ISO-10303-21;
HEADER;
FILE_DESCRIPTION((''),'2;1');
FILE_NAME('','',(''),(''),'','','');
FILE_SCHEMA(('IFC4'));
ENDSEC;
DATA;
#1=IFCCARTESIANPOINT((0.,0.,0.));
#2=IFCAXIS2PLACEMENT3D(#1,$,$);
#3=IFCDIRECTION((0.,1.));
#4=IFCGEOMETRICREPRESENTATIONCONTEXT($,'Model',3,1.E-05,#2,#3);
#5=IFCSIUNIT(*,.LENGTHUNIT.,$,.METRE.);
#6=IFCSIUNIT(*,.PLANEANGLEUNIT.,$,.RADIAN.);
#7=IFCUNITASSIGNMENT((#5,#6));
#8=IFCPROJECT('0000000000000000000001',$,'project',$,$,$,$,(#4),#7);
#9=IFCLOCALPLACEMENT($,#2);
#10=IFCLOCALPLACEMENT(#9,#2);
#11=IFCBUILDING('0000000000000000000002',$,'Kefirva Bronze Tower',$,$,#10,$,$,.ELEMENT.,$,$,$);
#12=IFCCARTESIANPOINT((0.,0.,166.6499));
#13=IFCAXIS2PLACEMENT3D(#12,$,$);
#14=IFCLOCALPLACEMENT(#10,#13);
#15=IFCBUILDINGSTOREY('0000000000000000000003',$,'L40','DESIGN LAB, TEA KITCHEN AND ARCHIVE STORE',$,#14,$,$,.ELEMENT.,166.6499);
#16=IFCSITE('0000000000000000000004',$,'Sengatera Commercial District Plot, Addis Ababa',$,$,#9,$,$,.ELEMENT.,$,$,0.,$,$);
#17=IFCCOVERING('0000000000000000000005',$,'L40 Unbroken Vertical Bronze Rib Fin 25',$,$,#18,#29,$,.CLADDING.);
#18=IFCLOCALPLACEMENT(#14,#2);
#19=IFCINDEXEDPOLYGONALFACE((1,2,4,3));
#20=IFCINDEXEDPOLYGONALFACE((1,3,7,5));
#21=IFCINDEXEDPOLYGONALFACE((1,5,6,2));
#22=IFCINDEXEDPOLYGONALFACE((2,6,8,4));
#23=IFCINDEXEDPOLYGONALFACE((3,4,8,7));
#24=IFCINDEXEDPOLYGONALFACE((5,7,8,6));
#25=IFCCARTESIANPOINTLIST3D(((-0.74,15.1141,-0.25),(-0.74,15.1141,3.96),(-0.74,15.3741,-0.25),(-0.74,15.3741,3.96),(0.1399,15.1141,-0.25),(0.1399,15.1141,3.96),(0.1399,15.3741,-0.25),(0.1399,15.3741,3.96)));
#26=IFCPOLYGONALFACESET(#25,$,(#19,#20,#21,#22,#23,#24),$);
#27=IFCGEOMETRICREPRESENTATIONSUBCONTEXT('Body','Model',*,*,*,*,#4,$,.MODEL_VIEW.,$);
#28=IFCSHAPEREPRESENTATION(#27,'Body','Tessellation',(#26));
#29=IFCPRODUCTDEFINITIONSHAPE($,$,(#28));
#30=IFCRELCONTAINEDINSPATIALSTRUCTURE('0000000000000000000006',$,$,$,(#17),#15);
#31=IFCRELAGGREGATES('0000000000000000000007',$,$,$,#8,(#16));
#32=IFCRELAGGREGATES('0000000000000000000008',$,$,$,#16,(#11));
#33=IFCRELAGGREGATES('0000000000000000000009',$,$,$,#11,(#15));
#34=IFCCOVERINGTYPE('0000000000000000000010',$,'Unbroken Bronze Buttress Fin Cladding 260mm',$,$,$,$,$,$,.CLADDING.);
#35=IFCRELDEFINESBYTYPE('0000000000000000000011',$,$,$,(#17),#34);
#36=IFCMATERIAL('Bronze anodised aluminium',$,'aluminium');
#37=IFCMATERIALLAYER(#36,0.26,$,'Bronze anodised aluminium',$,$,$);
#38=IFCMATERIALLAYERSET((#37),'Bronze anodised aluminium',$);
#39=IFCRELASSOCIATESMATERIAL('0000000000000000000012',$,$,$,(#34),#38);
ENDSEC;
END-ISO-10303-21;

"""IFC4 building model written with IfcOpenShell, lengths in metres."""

from ifc_helpers import new_model, si_unit, direction, frame, origin, origin_2d, place, context, subcontext, project, spatial, rectangle, extrude, material, layer, layer_set, type_object, element, save


model = new_model("IFC4")

# Units and contexts
model_context = context("Model", 3, precision=1e-05, world=origin(), true_north=direction((0.0, 1.0)))
body_context = subcontext(model_context, "Body", "Model", "MODEL_VIEW")
ifc_project = project(units=[si_unit("LENGTHUNIT", "METRE"), si_unit("PLANEANGLEUNIT", "RADIAN")], contexts=[model_context])

# Site, building, storey
site_placement = place(None, origin())
site = spatial("IfcSite", under=ifc_project, at=site_placement, Name="Sengatera Commercial District Plot, Addis Ababa", CompositionType="ELEMENT", RefElevation=0.0)
building_placement = place(site_placement, origin())
building = spatial("IfcBuilding", under=site, at=building_placement, Name="Kefirva Bronze Tower", CompositionType="ELEMENT")
storey_placement = place(building_placement, frame((0.0, 0.0, 166.6499)))
storey = spatial("IfcBuildingStorey", under=building, at=storey_placement, Name="L40", Description="DESIGN LAB, TEA KITCHEN AND ARCHIVE STORE", CompositionType="ELEMENT", Elevation=166.6499)

# Shared definitions
ifc_material_1 = material(Name="Bronze anodised aluminium", Category="aluminium")

# Covering
ifc_layer_1 = layer(ifc_material_1, 0.26, Name="Bronze anodised aluminium")
ifc_layer_set_1 = layer_set([ifc_layer_1], Name="Bronze anodised aluminium")
covering_type_1 = type_object("IfcCoveringType", Name="Unbroken Bronze Buttress Fin Cladding 260mm", PredefinedType="CLADDING", material=ifc_layer_set_1)
for number, where, z_axis, x_axis, name in (
    (1, (-0.3, 15.2441, -0.25), (0.0, 0.0, 1.0), (0.0, -1.0, 0.0), "L40 Unbroken Vertical Bronze Rib Fin 25"),
):
    element("IfcCovering", number, at=place(storey_placement, frame(where, z_axis=z_axis, x_axis=x_axis)), inside=storey, type_object=covering_type_1, Name=name, PredefinedType="CLADDING", context=body_context, shape_type="SweptSolid", body=[
        extrude(rectangle(XDim=0.26, YDim=0.8799, at=origin_2d()), origin(), (0.0, 0.0, 1.0), 4.21),
    ])

save(model, "model.ifc")
